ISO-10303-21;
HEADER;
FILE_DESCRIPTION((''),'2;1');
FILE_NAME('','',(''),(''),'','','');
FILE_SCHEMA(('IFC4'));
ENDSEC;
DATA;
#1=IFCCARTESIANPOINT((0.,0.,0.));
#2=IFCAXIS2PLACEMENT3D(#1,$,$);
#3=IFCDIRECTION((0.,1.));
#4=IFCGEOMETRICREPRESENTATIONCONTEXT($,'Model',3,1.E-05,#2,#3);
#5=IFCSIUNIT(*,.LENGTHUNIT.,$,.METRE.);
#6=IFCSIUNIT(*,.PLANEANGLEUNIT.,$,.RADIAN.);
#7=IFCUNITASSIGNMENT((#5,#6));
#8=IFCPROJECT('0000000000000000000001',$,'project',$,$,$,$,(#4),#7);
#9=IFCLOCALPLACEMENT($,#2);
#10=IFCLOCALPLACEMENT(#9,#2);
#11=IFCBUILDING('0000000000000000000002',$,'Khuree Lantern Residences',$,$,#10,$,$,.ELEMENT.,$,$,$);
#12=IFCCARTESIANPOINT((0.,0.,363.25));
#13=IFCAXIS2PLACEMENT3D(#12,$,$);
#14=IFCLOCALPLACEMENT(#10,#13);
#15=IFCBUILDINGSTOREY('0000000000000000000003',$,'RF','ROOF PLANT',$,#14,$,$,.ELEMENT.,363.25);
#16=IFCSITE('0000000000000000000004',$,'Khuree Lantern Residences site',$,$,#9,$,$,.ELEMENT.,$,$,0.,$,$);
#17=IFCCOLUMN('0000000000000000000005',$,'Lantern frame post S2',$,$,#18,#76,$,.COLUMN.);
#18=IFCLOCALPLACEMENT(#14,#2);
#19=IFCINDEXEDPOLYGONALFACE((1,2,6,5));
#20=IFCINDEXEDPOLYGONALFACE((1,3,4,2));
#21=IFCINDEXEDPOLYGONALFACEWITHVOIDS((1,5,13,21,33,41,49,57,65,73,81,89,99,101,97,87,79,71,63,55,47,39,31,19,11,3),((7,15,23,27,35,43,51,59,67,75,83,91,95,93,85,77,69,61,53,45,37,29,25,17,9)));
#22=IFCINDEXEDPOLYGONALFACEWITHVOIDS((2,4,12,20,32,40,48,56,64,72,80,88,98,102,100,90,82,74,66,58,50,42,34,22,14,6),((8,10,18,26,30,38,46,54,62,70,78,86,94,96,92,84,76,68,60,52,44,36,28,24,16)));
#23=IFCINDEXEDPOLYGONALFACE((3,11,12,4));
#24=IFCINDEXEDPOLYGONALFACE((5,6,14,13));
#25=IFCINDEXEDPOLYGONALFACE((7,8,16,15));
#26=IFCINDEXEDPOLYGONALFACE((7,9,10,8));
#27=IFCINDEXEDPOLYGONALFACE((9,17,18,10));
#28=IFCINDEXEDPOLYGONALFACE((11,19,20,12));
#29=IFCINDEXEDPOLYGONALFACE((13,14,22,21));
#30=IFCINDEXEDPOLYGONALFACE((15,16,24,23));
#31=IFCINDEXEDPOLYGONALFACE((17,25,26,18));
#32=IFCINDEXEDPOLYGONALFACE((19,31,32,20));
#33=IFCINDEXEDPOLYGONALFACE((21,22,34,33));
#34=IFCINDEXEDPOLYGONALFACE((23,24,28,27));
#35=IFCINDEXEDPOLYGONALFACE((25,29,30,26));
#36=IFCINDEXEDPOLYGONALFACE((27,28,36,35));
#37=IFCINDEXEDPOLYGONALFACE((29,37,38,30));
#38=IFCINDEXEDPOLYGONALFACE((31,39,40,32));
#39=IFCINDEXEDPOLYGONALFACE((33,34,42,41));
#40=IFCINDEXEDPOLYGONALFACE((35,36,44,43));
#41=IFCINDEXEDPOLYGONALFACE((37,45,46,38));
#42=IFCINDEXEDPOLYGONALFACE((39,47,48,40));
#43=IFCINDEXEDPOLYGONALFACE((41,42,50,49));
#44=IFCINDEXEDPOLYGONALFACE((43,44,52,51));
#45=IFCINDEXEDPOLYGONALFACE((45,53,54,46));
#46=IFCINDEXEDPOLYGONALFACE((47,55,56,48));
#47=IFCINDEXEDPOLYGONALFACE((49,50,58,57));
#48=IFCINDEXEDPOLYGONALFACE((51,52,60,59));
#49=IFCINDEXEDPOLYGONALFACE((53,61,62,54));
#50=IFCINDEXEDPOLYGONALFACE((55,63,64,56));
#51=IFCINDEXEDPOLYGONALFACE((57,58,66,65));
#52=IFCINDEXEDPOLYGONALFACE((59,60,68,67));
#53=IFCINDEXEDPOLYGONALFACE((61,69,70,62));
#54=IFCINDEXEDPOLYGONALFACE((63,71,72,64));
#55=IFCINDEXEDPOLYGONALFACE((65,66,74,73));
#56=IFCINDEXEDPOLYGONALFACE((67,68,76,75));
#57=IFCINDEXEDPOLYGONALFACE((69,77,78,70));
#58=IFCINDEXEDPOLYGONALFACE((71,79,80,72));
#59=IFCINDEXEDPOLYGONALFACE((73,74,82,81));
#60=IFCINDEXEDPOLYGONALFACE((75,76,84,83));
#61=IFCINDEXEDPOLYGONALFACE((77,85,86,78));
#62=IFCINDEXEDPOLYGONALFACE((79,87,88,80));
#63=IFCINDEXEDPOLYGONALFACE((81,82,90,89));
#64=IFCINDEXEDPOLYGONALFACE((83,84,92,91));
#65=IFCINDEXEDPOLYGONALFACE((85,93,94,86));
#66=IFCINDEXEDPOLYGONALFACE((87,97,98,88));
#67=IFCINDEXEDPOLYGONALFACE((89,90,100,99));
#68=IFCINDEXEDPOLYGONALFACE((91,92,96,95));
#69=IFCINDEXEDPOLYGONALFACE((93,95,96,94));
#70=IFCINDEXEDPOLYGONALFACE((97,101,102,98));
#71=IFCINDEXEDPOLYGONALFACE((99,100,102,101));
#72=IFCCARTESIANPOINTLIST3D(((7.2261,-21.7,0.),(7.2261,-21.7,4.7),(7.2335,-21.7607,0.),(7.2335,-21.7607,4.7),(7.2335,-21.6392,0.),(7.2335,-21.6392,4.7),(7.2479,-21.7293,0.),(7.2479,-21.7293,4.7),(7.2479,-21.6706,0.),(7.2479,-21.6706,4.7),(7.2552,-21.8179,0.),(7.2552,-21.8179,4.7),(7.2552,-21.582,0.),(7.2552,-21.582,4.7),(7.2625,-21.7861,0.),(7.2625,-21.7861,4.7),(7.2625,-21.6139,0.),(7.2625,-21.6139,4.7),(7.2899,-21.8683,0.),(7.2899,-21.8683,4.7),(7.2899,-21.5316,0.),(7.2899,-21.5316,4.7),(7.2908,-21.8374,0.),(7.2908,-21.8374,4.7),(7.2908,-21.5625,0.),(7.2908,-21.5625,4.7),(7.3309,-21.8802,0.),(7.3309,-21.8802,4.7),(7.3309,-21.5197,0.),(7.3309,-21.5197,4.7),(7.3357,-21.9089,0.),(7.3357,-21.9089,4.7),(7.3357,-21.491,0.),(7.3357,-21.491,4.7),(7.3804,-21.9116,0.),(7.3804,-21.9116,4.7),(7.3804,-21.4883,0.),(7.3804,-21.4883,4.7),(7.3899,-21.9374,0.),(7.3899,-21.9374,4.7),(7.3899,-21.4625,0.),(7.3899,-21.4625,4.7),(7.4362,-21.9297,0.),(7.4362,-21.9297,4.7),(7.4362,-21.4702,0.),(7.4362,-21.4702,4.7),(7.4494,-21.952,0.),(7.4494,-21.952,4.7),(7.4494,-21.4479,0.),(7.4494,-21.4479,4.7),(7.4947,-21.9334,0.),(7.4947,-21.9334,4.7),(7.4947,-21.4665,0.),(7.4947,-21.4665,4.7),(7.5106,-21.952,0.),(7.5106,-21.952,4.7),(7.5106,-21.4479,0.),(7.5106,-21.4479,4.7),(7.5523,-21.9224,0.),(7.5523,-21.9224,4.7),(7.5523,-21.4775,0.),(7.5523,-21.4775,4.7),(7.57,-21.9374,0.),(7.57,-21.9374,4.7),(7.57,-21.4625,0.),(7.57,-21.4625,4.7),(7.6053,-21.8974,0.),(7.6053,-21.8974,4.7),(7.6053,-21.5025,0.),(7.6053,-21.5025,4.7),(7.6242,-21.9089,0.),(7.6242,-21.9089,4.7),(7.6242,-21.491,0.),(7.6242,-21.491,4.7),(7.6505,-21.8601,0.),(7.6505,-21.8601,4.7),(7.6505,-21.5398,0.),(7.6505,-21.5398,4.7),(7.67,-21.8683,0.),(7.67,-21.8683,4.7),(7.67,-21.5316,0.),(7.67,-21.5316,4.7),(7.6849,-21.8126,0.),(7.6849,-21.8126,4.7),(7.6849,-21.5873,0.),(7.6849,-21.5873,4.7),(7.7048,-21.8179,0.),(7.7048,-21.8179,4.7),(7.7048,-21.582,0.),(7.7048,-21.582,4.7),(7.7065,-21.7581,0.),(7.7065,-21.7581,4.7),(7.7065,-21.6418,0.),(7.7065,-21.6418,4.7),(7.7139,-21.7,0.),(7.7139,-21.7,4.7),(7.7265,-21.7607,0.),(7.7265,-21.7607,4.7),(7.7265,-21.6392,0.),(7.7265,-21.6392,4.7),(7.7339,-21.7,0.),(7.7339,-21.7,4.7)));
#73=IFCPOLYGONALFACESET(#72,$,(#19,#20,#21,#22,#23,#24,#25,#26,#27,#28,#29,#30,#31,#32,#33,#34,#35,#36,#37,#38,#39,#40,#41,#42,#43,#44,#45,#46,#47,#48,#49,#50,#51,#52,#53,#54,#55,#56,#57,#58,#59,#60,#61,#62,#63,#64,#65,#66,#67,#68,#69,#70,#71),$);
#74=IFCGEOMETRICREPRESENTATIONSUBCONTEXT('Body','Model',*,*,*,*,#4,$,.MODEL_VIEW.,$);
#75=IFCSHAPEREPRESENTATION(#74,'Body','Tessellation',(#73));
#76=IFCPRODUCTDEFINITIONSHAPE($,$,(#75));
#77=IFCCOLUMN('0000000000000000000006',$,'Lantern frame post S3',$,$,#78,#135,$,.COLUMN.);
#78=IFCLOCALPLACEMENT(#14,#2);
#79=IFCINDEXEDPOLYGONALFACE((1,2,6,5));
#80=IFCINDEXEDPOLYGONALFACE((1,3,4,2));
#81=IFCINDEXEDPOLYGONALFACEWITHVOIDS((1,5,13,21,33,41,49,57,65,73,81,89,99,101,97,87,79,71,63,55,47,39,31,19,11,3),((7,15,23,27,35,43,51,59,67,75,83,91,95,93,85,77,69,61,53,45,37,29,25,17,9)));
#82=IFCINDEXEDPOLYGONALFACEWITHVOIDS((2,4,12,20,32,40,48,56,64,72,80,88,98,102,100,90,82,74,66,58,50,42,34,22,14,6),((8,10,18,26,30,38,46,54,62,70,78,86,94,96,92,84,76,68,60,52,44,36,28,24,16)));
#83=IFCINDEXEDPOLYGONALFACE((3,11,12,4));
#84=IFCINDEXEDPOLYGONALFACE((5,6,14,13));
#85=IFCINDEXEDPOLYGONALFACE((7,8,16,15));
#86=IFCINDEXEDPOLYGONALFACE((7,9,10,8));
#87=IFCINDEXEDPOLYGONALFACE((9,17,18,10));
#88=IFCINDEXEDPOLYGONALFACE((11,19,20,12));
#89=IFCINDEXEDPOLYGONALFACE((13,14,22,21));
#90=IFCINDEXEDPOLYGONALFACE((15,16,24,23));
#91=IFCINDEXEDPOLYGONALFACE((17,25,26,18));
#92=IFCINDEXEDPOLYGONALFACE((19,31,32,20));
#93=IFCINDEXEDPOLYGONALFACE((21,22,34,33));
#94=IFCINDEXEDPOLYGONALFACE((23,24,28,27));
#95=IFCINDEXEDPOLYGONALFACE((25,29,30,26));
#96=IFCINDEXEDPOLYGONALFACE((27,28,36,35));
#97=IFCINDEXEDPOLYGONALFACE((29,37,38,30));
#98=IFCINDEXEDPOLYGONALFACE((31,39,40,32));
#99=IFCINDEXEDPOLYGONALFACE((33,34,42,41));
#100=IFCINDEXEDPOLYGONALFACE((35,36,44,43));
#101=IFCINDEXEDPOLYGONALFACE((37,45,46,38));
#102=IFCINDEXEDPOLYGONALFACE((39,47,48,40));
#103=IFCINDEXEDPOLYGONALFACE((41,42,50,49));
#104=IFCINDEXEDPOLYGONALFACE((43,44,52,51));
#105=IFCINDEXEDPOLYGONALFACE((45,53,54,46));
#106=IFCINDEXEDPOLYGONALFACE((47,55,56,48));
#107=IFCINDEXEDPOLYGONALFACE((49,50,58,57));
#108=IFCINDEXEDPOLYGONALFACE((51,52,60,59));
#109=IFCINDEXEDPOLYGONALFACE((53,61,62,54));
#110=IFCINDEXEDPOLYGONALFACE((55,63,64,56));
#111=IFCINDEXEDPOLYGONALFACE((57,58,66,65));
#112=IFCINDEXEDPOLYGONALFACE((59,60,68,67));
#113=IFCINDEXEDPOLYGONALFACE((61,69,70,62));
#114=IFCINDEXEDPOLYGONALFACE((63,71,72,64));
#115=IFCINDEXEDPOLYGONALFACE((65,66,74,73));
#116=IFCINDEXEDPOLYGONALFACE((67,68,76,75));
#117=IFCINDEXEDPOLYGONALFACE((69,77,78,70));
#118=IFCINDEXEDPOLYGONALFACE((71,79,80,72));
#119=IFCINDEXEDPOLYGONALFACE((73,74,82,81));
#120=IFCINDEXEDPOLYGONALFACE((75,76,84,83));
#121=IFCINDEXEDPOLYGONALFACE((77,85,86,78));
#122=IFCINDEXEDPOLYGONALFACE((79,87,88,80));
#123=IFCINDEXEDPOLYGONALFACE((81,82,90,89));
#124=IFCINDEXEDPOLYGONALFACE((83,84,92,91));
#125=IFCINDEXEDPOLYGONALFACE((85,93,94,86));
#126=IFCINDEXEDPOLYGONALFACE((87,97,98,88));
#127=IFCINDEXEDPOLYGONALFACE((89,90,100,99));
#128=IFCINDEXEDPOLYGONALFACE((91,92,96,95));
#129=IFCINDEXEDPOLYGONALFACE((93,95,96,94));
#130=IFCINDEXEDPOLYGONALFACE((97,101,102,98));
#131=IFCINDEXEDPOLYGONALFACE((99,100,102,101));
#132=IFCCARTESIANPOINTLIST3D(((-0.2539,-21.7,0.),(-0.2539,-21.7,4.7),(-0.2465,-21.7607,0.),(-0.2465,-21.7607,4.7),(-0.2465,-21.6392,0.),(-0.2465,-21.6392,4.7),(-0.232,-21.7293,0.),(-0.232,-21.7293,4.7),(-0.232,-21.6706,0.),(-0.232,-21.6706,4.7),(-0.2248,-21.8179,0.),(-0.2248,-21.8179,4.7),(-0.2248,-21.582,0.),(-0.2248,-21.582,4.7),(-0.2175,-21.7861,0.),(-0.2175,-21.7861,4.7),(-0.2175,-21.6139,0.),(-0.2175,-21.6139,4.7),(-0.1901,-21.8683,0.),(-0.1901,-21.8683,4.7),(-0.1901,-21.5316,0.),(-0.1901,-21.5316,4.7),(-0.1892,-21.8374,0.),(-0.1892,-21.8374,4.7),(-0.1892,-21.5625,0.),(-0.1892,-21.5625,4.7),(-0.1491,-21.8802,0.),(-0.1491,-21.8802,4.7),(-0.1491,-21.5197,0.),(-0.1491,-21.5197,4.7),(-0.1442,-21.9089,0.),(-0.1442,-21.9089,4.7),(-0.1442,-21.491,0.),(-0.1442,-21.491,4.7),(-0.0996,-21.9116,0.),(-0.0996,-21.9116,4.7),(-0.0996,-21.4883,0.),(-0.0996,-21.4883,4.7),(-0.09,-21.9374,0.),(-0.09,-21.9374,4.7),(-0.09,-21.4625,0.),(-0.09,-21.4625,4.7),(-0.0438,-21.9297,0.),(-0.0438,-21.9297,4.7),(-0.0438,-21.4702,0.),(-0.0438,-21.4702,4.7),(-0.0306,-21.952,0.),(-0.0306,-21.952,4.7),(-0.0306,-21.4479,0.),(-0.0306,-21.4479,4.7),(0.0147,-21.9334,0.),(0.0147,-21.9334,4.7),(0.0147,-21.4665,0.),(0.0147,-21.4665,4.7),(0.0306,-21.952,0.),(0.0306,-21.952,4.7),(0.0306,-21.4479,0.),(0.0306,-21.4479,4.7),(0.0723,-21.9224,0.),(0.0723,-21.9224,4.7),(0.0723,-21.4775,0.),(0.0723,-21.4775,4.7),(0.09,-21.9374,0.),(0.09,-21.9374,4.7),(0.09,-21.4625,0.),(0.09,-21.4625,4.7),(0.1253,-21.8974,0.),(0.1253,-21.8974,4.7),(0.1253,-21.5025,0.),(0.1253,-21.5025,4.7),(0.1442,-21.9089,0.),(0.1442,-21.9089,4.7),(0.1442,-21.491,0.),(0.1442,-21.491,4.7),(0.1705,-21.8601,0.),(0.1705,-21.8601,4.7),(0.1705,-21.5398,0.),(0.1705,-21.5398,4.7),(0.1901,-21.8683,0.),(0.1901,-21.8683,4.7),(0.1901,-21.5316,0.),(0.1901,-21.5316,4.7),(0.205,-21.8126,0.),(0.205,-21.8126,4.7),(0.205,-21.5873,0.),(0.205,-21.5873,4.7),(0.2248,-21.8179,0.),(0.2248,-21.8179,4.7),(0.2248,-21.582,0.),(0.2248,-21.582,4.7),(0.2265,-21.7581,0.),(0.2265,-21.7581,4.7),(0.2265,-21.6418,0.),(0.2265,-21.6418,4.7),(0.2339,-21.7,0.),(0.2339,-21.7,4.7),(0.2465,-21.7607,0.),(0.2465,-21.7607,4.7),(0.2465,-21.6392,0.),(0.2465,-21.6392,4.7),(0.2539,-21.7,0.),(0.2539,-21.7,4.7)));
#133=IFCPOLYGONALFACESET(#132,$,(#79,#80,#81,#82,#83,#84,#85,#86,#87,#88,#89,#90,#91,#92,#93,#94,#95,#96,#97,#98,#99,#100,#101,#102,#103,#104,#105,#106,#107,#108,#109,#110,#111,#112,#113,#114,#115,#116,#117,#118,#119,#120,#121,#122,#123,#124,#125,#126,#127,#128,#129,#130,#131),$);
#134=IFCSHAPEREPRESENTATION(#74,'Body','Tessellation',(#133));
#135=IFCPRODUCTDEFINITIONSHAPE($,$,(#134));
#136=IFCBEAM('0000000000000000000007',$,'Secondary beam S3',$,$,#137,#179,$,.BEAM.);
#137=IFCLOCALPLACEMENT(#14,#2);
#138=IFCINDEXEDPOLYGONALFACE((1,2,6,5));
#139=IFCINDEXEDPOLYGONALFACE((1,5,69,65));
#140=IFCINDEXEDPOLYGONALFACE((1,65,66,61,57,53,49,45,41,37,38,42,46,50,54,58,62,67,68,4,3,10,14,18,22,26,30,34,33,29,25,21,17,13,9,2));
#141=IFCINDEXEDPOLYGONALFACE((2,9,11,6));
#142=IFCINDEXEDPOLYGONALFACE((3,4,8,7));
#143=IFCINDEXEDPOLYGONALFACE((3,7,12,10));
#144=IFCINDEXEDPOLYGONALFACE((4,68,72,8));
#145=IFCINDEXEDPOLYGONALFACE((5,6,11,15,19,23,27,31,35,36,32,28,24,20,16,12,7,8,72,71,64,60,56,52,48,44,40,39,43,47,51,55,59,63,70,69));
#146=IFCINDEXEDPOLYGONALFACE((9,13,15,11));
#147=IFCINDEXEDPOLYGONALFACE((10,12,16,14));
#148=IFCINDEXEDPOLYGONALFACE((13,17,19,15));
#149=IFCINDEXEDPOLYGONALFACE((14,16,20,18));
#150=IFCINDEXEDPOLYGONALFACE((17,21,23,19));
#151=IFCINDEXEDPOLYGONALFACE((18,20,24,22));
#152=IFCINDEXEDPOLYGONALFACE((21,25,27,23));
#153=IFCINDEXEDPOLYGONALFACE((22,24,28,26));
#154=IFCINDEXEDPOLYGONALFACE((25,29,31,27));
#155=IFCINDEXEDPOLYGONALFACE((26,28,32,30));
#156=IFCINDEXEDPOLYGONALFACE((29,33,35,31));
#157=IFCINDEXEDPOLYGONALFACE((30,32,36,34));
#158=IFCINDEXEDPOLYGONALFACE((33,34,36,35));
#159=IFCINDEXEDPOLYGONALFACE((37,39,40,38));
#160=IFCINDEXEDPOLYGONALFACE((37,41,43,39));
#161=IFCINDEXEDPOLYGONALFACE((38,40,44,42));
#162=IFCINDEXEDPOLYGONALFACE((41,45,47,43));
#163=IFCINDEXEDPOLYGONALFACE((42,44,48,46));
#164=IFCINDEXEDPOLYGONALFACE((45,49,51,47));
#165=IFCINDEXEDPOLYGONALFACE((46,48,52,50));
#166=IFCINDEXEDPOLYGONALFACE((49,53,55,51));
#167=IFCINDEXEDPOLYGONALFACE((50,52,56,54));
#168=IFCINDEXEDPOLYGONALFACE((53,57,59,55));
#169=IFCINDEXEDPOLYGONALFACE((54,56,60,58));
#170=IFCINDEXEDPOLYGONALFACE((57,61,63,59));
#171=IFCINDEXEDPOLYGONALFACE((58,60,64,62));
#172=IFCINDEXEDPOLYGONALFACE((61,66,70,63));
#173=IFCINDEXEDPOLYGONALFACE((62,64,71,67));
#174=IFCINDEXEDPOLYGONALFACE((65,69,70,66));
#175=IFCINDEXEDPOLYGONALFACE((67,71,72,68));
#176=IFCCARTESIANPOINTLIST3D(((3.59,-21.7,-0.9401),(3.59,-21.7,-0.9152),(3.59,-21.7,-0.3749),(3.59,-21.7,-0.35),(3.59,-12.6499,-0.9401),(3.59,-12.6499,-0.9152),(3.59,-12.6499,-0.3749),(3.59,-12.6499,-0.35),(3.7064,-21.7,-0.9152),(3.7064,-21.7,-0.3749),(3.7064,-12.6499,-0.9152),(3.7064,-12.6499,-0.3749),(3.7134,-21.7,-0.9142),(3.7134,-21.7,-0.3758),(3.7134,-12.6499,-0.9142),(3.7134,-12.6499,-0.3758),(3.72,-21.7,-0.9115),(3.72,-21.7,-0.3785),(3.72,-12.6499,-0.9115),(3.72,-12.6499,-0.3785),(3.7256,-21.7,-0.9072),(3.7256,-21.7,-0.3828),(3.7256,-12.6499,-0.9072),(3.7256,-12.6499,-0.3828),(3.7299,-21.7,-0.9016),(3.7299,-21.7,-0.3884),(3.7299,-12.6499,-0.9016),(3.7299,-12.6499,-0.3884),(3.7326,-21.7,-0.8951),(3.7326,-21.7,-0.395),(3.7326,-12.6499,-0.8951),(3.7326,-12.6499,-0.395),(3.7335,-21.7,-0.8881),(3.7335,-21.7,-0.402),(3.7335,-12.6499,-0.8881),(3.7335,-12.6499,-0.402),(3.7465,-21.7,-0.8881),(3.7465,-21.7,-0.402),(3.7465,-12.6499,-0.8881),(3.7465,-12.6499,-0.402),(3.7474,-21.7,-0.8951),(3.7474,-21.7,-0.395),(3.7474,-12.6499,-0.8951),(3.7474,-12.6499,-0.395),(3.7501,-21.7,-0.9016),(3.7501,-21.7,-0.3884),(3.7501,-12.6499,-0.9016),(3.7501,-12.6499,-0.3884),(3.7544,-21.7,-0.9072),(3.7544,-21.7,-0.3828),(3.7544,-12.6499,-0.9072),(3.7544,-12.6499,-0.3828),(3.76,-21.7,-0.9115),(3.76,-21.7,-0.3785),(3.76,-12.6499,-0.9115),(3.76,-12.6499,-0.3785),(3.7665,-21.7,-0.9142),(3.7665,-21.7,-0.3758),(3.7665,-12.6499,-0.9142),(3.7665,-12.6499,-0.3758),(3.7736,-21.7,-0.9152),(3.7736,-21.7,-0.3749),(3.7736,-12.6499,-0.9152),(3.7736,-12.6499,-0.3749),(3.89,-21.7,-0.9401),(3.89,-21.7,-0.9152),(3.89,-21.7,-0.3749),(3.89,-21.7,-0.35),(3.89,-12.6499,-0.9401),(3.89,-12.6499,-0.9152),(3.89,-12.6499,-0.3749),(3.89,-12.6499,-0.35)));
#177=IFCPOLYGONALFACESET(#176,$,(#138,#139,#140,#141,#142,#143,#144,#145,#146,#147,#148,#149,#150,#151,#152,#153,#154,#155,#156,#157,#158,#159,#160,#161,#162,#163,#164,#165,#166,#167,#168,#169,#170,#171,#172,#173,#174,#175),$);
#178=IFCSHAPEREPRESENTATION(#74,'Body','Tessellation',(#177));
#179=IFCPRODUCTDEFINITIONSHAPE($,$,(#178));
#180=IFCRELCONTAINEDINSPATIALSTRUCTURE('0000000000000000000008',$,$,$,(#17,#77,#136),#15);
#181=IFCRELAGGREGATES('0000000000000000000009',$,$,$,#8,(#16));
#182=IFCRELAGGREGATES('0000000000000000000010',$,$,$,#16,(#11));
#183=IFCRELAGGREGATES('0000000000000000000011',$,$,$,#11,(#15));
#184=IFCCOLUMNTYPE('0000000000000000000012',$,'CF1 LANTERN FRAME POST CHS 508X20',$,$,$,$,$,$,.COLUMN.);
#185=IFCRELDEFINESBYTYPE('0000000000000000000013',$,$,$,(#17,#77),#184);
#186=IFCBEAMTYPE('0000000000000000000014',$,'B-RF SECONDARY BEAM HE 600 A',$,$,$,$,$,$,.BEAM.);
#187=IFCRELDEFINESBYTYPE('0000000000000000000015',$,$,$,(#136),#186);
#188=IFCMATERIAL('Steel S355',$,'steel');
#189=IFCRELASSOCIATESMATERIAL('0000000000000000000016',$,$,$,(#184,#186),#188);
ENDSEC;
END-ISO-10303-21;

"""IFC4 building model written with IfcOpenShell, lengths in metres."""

from ifc_helpers import new_model, si_unit, direction, frame, origin, origin_2d, place, context, subcontext, project, spatial, hollow_circle, i_section, extrude, material, material_profile, profile_set, type_object, element, save


model = new_model("IFC4")

# Units and contexts
model_context = context("Model", 3, precision=1e-05, world=origin(), true_north=direction((0.0, 1.0)))
body_context = subcontext(model_context, "Body", "Model", "MODEL_VIEW")
ifc_project = project(units=[si_unit("LENGTHUNIT", "METRE"), si_unit("PLANEANGLEUNIT", "RADIAN")], contexts=[model_context])

# Site, building, storey
site_placement = place(None, origin())
site = spatial("IfcSite", under=ifc_project, at=site_placement, Name="Khuree Lantern Residences site", CompositionType="ELEMENT", RefElevation=0.0)
building_placement = place(site_placement, origin())
building = spatial("IfcBuilding", under=site, at=building_placement, Name="Khuree Lantern Residences", CompositionType="ELEMENT")
storey_placement = place(building_placement, frame((0.0, 0.0, 363.25)))
storey = spatial("IfcBuildingStorey", under=building, at=storey_placement, Name="RF", Description="ROOF PLANT", CompositionType="ELEMENT", Elevation=363.25)

# Columns
ifc_material_1 = material(Name="Steel S355", Category="steel")
ifc_material_profile_1 = material_profile(ifc_material_1, hollow_circle(Radius=0.2539, WallThickness=0.02, at=origin_2d()), Name="CHS 508X20")
ifc_profile_set_1 = profile_set([ifc_material_profile_1], Name="Steel S355")
column_type = type_object("IfcColumnType", Name="CF1 LANTERN FRAME POST CHS 508X20", PredefinedType="COLUMN", material=ifc_profile_set_1)
for number, where, z_axis, x_axis, name in (
    (1, (7.48, -21.7, 0.0), (0.0, 0.0, 1.0), (1.0, 0.0, 0.0), "Lantern frame post S2"),
    (2, (0.0, -21.7, 0.0), (0.0, 0.0, 1.0), (1.0, 0.0, 0.0), "Lantern frame post S3"),
):
    element("IfcColumn", number, at=place(storey_placement, frame(where, z_axis=z_axis, x_axis=x_axis)), inside=storey, type_object=column_type, Name=name, PredefinedType="COLUMN", context=body_context, shape_type="SweptSolid", body=[
        extrude(hollow_circle(Radius=0.2539, WallThickness=0.02, at=origin_2d()), origin(), (0.0, 0.0, 1.0), 4.7),
    ])

# Beam
ifc_material_profile_2 = material_profile(ifc_material_1, i_section(OverallWidth=0.3, OverallDepth=0.5901, WebThickness=0.0129, FlangeThickness=0.0249, FilletRadius=0.0271, at=origin_2d()), Name="HE 600 A")
ifc_profile_set_2 = profile_set([ifc_material_profile_2], Name="Steel S355")
beam_type_1 = type_object("IfcBeamType", Name="B-RF SECONDARY BEAM HE 600 A", PredefinedType="BEAM", material=ifc_profile_set_2)
beam_1_placement = place(storey_placement, frame((3.74, -21.7, -0.645), z_axis=(0.0, 1.0, 0.0), x_axis=(-1.0, 0.0, 0.0)))
element("IfcBeam", 3, at=beam_1_placement, inside=storey, type_object=beam_type_1, Name="Secondary beam S3", PredefinedType="BEAM", context=body_context, shape_type="SweptSolid", body=[
    extrude(i_section(OverallWidth=0.3, OverallDepth=0.5901, WebThickness=0.0129, FlangeThickness=0.0249, FilletRadius=0.0271, at=origin_2d()), origin(), (0.0, 0.0, 1.0), 9.05),
])

save(model, "model.ifc")
